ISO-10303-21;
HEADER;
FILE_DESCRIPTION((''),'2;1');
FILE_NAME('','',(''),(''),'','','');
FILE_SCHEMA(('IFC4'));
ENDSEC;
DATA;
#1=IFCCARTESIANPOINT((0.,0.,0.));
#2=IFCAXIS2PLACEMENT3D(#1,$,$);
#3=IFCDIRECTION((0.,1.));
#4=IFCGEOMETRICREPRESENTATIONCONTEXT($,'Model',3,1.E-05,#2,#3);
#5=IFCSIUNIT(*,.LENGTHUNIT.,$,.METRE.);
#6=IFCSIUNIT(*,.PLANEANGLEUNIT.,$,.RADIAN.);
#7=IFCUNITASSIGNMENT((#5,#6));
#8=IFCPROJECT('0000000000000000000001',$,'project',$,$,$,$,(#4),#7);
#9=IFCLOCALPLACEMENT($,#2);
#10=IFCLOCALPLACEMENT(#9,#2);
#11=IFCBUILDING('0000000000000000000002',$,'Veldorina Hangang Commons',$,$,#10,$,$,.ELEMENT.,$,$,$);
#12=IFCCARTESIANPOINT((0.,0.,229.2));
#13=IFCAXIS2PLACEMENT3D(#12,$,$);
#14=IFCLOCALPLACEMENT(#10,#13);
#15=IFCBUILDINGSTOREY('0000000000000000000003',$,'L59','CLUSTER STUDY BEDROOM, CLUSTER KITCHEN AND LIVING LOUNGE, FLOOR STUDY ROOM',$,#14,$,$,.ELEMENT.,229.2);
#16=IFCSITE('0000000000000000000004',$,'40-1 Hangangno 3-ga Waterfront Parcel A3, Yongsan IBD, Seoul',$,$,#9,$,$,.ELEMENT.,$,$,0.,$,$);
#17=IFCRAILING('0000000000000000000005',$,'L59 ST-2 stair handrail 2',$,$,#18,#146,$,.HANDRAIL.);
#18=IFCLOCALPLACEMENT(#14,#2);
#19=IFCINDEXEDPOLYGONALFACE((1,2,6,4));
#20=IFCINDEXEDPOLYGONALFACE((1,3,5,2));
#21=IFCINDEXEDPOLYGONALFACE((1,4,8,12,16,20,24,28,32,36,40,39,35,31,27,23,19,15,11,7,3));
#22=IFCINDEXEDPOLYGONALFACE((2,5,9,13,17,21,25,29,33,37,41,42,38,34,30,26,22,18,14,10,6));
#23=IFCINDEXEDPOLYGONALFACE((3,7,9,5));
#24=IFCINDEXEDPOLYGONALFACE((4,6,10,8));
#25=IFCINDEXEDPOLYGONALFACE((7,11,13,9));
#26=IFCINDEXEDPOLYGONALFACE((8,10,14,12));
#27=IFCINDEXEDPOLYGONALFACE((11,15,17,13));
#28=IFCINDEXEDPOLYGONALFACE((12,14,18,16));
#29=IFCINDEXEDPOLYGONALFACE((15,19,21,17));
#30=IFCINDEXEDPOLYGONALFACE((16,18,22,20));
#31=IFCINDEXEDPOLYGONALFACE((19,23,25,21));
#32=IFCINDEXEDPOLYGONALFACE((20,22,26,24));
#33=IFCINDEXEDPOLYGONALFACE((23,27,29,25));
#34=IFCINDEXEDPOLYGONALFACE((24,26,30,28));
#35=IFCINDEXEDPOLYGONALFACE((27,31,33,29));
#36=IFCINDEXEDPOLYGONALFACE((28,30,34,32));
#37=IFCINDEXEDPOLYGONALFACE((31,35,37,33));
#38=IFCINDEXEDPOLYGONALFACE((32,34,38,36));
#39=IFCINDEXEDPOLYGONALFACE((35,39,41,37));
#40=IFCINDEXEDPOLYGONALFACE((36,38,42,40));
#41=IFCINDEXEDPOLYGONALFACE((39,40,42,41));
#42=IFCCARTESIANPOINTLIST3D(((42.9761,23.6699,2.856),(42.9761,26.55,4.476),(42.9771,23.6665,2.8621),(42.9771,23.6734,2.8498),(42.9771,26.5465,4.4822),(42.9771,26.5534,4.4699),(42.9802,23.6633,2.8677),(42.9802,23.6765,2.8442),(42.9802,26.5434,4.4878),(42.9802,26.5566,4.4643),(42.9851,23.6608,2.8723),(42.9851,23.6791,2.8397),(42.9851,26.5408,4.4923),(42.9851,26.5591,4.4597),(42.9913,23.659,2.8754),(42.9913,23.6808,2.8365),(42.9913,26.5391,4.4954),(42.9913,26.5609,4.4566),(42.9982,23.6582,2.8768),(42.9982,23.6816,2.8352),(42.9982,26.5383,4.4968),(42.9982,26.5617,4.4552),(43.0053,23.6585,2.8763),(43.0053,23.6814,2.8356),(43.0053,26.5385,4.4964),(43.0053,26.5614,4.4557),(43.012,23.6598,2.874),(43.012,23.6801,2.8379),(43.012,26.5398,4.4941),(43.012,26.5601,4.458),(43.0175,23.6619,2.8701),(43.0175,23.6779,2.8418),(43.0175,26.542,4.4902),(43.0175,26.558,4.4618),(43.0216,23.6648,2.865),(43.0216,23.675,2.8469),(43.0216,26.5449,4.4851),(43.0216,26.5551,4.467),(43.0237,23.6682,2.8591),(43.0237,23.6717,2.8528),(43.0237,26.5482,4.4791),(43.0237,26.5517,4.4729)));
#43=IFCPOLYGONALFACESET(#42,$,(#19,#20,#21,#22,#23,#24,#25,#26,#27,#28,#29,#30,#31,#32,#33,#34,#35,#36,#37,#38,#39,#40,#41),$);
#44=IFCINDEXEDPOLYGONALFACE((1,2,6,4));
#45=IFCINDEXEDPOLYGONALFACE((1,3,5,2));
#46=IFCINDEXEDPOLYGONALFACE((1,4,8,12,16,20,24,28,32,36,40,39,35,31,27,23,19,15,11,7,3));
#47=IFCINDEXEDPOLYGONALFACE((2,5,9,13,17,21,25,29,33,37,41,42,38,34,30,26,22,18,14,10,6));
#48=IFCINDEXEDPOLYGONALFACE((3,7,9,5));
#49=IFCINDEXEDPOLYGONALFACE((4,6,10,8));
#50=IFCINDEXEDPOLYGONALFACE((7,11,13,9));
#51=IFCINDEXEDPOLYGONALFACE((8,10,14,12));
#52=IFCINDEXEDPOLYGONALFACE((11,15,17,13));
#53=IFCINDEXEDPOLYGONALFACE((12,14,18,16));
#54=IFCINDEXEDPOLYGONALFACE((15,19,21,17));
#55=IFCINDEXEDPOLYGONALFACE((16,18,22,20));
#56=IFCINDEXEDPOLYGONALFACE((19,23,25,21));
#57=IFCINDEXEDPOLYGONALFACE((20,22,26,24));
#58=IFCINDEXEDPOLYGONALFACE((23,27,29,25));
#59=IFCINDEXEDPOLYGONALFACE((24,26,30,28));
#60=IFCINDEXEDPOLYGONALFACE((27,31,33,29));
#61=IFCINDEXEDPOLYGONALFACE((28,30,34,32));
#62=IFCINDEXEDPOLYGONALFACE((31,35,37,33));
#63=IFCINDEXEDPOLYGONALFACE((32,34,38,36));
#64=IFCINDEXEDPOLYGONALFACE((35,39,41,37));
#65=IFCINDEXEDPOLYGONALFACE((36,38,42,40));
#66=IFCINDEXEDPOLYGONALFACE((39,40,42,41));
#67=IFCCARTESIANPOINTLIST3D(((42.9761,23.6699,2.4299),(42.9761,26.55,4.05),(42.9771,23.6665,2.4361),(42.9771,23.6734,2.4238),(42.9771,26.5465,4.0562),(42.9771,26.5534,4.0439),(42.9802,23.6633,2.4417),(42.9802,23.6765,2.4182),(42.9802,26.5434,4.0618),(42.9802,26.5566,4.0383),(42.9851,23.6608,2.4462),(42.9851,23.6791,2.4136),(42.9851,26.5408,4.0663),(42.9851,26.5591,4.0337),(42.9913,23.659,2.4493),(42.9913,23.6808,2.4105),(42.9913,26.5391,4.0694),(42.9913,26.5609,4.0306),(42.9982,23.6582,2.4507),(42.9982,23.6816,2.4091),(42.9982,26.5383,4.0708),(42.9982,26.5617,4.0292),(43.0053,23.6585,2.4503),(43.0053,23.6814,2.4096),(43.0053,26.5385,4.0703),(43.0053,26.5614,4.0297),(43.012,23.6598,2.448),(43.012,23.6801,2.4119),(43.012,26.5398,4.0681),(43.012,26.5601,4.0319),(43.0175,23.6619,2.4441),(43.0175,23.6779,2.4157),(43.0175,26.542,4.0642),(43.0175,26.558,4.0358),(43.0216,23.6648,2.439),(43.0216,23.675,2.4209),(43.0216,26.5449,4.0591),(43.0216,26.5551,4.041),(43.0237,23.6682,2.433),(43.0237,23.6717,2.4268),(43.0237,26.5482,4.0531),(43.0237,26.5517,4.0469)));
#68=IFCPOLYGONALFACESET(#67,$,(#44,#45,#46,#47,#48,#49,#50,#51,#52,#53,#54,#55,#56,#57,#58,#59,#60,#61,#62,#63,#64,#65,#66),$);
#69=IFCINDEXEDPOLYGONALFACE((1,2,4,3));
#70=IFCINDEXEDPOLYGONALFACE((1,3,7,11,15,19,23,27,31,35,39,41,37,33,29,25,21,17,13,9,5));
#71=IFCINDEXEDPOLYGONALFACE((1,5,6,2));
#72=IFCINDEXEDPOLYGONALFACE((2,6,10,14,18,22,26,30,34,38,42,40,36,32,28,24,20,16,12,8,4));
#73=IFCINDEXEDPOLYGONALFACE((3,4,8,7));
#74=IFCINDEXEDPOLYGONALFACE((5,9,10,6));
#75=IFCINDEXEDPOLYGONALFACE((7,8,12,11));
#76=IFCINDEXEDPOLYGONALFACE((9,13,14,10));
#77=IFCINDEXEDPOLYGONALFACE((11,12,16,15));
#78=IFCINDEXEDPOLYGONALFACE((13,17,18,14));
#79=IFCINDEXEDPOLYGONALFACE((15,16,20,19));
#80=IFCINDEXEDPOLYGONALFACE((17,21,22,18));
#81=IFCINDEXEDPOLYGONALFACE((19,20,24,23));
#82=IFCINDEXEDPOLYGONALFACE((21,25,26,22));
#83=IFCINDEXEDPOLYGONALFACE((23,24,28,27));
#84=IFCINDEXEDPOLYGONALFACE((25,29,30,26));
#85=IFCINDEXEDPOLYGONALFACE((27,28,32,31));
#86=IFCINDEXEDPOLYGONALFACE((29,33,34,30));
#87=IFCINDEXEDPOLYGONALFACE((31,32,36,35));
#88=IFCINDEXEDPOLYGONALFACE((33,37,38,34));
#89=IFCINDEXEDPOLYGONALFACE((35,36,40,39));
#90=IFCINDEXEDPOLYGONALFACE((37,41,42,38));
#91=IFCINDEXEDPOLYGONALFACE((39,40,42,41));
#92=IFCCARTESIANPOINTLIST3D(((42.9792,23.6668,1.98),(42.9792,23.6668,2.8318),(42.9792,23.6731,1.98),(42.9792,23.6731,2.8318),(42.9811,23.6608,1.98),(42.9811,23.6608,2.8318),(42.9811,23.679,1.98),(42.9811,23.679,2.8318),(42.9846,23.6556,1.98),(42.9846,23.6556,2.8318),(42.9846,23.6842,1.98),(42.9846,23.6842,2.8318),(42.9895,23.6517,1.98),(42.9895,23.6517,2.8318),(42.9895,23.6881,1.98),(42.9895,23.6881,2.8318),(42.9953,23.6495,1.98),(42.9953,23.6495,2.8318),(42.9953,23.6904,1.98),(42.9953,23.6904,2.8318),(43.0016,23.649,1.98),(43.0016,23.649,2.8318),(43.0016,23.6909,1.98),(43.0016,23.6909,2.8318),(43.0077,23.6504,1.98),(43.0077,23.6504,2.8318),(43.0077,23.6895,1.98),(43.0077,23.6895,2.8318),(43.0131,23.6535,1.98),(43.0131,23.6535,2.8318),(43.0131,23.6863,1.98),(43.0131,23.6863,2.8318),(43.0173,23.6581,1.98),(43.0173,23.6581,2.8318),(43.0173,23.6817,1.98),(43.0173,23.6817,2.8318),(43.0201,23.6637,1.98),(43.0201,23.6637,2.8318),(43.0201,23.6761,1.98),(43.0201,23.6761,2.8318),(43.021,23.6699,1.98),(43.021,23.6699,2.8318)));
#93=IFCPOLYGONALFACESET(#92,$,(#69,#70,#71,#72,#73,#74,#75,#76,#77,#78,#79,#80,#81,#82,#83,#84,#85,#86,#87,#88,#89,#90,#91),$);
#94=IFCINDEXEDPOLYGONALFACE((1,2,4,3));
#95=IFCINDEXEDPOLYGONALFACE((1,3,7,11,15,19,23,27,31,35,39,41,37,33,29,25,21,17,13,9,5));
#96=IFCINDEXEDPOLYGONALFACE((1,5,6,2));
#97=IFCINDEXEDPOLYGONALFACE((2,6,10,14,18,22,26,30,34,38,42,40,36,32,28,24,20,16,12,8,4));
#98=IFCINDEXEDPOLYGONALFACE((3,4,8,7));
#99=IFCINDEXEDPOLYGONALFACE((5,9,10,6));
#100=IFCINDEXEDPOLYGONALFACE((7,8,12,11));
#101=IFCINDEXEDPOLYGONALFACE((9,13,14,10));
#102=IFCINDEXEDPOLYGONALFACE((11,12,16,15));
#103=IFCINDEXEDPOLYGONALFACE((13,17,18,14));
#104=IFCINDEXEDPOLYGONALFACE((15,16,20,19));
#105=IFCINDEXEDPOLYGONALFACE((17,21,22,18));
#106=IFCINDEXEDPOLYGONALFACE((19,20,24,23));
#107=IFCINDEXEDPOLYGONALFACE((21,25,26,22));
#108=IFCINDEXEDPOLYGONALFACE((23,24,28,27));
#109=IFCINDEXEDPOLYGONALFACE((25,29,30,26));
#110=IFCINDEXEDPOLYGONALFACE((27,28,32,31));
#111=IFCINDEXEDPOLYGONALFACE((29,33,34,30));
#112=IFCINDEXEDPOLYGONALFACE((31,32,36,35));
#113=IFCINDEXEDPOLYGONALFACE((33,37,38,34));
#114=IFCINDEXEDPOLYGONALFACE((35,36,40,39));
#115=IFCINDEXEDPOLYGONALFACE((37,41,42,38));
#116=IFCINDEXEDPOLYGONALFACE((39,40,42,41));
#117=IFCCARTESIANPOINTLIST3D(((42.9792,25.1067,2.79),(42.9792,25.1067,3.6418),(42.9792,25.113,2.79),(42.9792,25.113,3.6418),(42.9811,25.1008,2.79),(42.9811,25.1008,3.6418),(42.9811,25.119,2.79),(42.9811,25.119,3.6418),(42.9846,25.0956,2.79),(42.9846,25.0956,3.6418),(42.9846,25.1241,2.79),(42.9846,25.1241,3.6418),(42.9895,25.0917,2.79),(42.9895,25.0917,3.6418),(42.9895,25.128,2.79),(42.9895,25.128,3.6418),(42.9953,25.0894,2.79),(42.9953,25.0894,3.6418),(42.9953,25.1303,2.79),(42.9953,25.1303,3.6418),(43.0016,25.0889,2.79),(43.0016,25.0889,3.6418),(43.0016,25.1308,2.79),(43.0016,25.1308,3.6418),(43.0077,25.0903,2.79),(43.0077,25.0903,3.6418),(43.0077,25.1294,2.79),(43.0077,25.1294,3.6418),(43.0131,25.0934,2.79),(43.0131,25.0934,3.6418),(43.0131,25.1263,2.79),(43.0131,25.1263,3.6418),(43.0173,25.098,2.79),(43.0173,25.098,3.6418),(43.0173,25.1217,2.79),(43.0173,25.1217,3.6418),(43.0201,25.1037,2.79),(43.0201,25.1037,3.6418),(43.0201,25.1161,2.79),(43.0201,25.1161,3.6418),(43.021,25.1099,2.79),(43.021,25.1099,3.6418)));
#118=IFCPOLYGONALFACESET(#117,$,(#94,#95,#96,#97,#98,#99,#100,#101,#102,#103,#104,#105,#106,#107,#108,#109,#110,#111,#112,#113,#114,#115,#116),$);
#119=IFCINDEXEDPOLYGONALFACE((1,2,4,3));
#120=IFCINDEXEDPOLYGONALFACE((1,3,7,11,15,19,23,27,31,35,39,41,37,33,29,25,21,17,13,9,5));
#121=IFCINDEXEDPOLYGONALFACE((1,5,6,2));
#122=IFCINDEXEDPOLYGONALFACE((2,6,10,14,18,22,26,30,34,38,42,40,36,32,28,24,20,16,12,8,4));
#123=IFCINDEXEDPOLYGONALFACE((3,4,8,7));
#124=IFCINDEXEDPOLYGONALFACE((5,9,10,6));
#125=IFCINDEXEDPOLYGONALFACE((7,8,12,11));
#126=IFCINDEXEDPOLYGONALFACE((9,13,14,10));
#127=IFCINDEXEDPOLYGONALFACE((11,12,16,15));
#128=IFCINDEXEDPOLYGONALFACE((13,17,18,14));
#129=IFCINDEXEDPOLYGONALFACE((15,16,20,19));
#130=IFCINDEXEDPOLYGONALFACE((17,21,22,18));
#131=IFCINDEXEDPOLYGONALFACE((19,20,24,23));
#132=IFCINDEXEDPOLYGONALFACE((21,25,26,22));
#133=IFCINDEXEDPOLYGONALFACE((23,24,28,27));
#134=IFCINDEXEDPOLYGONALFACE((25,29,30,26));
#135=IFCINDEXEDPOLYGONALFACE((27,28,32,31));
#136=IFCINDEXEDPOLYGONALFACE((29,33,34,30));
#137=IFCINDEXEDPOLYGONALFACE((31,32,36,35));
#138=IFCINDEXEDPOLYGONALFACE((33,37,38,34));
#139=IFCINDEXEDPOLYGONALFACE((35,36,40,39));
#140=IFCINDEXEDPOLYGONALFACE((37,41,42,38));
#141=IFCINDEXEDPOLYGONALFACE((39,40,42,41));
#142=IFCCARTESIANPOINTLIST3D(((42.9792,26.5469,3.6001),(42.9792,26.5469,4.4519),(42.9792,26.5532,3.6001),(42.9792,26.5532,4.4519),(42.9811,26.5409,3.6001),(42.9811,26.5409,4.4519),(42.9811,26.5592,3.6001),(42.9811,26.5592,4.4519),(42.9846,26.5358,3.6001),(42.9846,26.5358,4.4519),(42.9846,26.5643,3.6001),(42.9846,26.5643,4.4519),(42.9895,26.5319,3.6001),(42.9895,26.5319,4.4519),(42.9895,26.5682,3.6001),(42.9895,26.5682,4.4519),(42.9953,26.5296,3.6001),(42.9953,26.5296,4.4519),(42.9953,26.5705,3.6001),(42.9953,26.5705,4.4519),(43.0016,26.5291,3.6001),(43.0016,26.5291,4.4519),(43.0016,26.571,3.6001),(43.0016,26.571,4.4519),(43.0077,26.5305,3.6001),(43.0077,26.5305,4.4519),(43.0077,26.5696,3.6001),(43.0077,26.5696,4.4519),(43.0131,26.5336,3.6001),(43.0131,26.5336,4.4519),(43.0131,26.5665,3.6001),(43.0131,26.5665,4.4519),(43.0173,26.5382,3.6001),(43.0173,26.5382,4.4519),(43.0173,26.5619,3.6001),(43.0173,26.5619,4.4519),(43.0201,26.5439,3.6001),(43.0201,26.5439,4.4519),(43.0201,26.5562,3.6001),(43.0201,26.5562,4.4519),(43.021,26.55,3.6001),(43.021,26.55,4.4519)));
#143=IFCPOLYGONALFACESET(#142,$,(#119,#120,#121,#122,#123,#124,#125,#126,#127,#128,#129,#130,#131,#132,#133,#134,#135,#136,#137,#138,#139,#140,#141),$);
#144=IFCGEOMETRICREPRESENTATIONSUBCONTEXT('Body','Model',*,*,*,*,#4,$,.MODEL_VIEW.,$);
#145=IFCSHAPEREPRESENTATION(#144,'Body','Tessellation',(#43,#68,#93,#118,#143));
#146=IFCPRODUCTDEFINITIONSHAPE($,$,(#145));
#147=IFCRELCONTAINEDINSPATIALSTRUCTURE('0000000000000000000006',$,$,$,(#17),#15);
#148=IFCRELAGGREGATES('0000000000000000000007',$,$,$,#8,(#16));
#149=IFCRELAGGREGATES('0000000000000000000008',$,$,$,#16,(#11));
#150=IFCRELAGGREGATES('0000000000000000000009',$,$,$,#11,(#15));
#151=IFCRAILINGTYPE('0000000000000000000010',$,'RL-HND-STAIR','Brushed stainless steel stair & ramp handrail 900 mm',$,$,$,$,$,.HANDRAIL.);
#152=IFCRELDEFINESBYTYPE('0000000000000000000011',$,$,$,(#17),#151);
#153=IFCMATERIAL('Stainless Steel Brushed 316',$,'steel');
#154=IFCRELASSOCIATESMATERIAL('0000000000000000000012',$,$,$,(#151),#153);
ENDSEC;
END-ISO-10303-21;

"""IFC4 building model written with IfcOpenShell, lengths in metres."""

from ifc_helpers import new_model, si_unit, direction, frame, origin, origin_2d, place, context, subcontext, project, spatial, circle, extrude, material, type_object, element, save


model = new_model("IFC4")

# Units and contexts
model_context = context("Model", 3, precision=1e-05, world=origin(), true_north=direction((0.0, 1.0)))
body_context = subcontext(model_context, "Body", "Model", "MODEL_VIEW")
ifc_project = project(units=[si_unit("LENGTHUNIT", "METRE"), si_unit("PLANEANGLEUNIT", "RADIAN")], contexts=[model_context])

# Site, building, storey
site_placement = place(None, origin())
site = spatial("IfcSite", under=ifc_project, at=site_placement, Name="40-1 Hangangno 3-ga Waterfront Parcel A3, Yongsan IBD, Seoul", CompositionType="ELEMENT", RefElevation=0.0)
building_placement = place(site_placement, origin())
building = spatial("IfcBuilding", under=site, at=building_placement, Name="Veldorina Hangang Commons", CompositionType="ELEMENT")
storey_placement = place(building_placement, frame((0.0, 0.0, 229.2)))
storey = spatial("IfcBuildingStorey", under=building, at=storey_placement, Name="L59", Description="CLUSTER STUDY BEDROOM, CLUSTER KITCHEN AND LIVING LOUNGE, FLOOR STUDY ROOM", CompositionType="ELEMENT", Elevation=229.2)

# Railing
ifc_material_1 = material(Name="Stainless Steel Brushed 316", Category="steel")
railing_type_1 = type_object("IfcRailingType", Name="RL-HND-STAIR", Description="Brushed stainless steel stair & ramp handrail 900 mm", PredefinedType="HANDRAIL", material=ifc_material_1)
railing_1_placement = place(storey_placement, frame((43.0, 23.6699, 1.98)))
element("IfcRailing", 1, at=railing_1_placement, inside=storey, type_object=railing_type_1, Name="L59 ST-2 stair handrail 2", PredefinedType="HANDRAIL", context=body_context, shape_type="SweptSolid", body=[
    extrude(circle(Radius=0.0239, at=origin_2d()), frame((0.0, 0.0, 0.876), z_axis=(0.0, 0.87157, 0.490272), x_axis=(-1.0, 0.0, 0.0)), (0.0, 0.0, 1.0), 3.3044),
    extrude(circle(Radius=0.0239, at=origin_2d()), frame((0.0, 0.0, 0.45), z_axis=(0.0, 0.87157, 0.490272), x_axis=(-1.0, 0.0, 0.0)), (0.0, 0.0, 1.0), 3.3044),
    extrude(circle(Radius=0.021, at=origin_2d()), origin(), (0.0, 0.0, 1.0), 0.8518),
    extrude(circle(Radius=0.021, at=origin_2d()), frame((0.0, 1.4399, 0.8101)), (0.0, 0.0, 1.0), 0.8518),
    extrude(circle(Radius=0.021, at=origin_2d()), frame((0.0, 2.8801, 1.6201)), (0.0, 0.0, 1.0), 0.8518),
])

save(model, "model.ifc")
